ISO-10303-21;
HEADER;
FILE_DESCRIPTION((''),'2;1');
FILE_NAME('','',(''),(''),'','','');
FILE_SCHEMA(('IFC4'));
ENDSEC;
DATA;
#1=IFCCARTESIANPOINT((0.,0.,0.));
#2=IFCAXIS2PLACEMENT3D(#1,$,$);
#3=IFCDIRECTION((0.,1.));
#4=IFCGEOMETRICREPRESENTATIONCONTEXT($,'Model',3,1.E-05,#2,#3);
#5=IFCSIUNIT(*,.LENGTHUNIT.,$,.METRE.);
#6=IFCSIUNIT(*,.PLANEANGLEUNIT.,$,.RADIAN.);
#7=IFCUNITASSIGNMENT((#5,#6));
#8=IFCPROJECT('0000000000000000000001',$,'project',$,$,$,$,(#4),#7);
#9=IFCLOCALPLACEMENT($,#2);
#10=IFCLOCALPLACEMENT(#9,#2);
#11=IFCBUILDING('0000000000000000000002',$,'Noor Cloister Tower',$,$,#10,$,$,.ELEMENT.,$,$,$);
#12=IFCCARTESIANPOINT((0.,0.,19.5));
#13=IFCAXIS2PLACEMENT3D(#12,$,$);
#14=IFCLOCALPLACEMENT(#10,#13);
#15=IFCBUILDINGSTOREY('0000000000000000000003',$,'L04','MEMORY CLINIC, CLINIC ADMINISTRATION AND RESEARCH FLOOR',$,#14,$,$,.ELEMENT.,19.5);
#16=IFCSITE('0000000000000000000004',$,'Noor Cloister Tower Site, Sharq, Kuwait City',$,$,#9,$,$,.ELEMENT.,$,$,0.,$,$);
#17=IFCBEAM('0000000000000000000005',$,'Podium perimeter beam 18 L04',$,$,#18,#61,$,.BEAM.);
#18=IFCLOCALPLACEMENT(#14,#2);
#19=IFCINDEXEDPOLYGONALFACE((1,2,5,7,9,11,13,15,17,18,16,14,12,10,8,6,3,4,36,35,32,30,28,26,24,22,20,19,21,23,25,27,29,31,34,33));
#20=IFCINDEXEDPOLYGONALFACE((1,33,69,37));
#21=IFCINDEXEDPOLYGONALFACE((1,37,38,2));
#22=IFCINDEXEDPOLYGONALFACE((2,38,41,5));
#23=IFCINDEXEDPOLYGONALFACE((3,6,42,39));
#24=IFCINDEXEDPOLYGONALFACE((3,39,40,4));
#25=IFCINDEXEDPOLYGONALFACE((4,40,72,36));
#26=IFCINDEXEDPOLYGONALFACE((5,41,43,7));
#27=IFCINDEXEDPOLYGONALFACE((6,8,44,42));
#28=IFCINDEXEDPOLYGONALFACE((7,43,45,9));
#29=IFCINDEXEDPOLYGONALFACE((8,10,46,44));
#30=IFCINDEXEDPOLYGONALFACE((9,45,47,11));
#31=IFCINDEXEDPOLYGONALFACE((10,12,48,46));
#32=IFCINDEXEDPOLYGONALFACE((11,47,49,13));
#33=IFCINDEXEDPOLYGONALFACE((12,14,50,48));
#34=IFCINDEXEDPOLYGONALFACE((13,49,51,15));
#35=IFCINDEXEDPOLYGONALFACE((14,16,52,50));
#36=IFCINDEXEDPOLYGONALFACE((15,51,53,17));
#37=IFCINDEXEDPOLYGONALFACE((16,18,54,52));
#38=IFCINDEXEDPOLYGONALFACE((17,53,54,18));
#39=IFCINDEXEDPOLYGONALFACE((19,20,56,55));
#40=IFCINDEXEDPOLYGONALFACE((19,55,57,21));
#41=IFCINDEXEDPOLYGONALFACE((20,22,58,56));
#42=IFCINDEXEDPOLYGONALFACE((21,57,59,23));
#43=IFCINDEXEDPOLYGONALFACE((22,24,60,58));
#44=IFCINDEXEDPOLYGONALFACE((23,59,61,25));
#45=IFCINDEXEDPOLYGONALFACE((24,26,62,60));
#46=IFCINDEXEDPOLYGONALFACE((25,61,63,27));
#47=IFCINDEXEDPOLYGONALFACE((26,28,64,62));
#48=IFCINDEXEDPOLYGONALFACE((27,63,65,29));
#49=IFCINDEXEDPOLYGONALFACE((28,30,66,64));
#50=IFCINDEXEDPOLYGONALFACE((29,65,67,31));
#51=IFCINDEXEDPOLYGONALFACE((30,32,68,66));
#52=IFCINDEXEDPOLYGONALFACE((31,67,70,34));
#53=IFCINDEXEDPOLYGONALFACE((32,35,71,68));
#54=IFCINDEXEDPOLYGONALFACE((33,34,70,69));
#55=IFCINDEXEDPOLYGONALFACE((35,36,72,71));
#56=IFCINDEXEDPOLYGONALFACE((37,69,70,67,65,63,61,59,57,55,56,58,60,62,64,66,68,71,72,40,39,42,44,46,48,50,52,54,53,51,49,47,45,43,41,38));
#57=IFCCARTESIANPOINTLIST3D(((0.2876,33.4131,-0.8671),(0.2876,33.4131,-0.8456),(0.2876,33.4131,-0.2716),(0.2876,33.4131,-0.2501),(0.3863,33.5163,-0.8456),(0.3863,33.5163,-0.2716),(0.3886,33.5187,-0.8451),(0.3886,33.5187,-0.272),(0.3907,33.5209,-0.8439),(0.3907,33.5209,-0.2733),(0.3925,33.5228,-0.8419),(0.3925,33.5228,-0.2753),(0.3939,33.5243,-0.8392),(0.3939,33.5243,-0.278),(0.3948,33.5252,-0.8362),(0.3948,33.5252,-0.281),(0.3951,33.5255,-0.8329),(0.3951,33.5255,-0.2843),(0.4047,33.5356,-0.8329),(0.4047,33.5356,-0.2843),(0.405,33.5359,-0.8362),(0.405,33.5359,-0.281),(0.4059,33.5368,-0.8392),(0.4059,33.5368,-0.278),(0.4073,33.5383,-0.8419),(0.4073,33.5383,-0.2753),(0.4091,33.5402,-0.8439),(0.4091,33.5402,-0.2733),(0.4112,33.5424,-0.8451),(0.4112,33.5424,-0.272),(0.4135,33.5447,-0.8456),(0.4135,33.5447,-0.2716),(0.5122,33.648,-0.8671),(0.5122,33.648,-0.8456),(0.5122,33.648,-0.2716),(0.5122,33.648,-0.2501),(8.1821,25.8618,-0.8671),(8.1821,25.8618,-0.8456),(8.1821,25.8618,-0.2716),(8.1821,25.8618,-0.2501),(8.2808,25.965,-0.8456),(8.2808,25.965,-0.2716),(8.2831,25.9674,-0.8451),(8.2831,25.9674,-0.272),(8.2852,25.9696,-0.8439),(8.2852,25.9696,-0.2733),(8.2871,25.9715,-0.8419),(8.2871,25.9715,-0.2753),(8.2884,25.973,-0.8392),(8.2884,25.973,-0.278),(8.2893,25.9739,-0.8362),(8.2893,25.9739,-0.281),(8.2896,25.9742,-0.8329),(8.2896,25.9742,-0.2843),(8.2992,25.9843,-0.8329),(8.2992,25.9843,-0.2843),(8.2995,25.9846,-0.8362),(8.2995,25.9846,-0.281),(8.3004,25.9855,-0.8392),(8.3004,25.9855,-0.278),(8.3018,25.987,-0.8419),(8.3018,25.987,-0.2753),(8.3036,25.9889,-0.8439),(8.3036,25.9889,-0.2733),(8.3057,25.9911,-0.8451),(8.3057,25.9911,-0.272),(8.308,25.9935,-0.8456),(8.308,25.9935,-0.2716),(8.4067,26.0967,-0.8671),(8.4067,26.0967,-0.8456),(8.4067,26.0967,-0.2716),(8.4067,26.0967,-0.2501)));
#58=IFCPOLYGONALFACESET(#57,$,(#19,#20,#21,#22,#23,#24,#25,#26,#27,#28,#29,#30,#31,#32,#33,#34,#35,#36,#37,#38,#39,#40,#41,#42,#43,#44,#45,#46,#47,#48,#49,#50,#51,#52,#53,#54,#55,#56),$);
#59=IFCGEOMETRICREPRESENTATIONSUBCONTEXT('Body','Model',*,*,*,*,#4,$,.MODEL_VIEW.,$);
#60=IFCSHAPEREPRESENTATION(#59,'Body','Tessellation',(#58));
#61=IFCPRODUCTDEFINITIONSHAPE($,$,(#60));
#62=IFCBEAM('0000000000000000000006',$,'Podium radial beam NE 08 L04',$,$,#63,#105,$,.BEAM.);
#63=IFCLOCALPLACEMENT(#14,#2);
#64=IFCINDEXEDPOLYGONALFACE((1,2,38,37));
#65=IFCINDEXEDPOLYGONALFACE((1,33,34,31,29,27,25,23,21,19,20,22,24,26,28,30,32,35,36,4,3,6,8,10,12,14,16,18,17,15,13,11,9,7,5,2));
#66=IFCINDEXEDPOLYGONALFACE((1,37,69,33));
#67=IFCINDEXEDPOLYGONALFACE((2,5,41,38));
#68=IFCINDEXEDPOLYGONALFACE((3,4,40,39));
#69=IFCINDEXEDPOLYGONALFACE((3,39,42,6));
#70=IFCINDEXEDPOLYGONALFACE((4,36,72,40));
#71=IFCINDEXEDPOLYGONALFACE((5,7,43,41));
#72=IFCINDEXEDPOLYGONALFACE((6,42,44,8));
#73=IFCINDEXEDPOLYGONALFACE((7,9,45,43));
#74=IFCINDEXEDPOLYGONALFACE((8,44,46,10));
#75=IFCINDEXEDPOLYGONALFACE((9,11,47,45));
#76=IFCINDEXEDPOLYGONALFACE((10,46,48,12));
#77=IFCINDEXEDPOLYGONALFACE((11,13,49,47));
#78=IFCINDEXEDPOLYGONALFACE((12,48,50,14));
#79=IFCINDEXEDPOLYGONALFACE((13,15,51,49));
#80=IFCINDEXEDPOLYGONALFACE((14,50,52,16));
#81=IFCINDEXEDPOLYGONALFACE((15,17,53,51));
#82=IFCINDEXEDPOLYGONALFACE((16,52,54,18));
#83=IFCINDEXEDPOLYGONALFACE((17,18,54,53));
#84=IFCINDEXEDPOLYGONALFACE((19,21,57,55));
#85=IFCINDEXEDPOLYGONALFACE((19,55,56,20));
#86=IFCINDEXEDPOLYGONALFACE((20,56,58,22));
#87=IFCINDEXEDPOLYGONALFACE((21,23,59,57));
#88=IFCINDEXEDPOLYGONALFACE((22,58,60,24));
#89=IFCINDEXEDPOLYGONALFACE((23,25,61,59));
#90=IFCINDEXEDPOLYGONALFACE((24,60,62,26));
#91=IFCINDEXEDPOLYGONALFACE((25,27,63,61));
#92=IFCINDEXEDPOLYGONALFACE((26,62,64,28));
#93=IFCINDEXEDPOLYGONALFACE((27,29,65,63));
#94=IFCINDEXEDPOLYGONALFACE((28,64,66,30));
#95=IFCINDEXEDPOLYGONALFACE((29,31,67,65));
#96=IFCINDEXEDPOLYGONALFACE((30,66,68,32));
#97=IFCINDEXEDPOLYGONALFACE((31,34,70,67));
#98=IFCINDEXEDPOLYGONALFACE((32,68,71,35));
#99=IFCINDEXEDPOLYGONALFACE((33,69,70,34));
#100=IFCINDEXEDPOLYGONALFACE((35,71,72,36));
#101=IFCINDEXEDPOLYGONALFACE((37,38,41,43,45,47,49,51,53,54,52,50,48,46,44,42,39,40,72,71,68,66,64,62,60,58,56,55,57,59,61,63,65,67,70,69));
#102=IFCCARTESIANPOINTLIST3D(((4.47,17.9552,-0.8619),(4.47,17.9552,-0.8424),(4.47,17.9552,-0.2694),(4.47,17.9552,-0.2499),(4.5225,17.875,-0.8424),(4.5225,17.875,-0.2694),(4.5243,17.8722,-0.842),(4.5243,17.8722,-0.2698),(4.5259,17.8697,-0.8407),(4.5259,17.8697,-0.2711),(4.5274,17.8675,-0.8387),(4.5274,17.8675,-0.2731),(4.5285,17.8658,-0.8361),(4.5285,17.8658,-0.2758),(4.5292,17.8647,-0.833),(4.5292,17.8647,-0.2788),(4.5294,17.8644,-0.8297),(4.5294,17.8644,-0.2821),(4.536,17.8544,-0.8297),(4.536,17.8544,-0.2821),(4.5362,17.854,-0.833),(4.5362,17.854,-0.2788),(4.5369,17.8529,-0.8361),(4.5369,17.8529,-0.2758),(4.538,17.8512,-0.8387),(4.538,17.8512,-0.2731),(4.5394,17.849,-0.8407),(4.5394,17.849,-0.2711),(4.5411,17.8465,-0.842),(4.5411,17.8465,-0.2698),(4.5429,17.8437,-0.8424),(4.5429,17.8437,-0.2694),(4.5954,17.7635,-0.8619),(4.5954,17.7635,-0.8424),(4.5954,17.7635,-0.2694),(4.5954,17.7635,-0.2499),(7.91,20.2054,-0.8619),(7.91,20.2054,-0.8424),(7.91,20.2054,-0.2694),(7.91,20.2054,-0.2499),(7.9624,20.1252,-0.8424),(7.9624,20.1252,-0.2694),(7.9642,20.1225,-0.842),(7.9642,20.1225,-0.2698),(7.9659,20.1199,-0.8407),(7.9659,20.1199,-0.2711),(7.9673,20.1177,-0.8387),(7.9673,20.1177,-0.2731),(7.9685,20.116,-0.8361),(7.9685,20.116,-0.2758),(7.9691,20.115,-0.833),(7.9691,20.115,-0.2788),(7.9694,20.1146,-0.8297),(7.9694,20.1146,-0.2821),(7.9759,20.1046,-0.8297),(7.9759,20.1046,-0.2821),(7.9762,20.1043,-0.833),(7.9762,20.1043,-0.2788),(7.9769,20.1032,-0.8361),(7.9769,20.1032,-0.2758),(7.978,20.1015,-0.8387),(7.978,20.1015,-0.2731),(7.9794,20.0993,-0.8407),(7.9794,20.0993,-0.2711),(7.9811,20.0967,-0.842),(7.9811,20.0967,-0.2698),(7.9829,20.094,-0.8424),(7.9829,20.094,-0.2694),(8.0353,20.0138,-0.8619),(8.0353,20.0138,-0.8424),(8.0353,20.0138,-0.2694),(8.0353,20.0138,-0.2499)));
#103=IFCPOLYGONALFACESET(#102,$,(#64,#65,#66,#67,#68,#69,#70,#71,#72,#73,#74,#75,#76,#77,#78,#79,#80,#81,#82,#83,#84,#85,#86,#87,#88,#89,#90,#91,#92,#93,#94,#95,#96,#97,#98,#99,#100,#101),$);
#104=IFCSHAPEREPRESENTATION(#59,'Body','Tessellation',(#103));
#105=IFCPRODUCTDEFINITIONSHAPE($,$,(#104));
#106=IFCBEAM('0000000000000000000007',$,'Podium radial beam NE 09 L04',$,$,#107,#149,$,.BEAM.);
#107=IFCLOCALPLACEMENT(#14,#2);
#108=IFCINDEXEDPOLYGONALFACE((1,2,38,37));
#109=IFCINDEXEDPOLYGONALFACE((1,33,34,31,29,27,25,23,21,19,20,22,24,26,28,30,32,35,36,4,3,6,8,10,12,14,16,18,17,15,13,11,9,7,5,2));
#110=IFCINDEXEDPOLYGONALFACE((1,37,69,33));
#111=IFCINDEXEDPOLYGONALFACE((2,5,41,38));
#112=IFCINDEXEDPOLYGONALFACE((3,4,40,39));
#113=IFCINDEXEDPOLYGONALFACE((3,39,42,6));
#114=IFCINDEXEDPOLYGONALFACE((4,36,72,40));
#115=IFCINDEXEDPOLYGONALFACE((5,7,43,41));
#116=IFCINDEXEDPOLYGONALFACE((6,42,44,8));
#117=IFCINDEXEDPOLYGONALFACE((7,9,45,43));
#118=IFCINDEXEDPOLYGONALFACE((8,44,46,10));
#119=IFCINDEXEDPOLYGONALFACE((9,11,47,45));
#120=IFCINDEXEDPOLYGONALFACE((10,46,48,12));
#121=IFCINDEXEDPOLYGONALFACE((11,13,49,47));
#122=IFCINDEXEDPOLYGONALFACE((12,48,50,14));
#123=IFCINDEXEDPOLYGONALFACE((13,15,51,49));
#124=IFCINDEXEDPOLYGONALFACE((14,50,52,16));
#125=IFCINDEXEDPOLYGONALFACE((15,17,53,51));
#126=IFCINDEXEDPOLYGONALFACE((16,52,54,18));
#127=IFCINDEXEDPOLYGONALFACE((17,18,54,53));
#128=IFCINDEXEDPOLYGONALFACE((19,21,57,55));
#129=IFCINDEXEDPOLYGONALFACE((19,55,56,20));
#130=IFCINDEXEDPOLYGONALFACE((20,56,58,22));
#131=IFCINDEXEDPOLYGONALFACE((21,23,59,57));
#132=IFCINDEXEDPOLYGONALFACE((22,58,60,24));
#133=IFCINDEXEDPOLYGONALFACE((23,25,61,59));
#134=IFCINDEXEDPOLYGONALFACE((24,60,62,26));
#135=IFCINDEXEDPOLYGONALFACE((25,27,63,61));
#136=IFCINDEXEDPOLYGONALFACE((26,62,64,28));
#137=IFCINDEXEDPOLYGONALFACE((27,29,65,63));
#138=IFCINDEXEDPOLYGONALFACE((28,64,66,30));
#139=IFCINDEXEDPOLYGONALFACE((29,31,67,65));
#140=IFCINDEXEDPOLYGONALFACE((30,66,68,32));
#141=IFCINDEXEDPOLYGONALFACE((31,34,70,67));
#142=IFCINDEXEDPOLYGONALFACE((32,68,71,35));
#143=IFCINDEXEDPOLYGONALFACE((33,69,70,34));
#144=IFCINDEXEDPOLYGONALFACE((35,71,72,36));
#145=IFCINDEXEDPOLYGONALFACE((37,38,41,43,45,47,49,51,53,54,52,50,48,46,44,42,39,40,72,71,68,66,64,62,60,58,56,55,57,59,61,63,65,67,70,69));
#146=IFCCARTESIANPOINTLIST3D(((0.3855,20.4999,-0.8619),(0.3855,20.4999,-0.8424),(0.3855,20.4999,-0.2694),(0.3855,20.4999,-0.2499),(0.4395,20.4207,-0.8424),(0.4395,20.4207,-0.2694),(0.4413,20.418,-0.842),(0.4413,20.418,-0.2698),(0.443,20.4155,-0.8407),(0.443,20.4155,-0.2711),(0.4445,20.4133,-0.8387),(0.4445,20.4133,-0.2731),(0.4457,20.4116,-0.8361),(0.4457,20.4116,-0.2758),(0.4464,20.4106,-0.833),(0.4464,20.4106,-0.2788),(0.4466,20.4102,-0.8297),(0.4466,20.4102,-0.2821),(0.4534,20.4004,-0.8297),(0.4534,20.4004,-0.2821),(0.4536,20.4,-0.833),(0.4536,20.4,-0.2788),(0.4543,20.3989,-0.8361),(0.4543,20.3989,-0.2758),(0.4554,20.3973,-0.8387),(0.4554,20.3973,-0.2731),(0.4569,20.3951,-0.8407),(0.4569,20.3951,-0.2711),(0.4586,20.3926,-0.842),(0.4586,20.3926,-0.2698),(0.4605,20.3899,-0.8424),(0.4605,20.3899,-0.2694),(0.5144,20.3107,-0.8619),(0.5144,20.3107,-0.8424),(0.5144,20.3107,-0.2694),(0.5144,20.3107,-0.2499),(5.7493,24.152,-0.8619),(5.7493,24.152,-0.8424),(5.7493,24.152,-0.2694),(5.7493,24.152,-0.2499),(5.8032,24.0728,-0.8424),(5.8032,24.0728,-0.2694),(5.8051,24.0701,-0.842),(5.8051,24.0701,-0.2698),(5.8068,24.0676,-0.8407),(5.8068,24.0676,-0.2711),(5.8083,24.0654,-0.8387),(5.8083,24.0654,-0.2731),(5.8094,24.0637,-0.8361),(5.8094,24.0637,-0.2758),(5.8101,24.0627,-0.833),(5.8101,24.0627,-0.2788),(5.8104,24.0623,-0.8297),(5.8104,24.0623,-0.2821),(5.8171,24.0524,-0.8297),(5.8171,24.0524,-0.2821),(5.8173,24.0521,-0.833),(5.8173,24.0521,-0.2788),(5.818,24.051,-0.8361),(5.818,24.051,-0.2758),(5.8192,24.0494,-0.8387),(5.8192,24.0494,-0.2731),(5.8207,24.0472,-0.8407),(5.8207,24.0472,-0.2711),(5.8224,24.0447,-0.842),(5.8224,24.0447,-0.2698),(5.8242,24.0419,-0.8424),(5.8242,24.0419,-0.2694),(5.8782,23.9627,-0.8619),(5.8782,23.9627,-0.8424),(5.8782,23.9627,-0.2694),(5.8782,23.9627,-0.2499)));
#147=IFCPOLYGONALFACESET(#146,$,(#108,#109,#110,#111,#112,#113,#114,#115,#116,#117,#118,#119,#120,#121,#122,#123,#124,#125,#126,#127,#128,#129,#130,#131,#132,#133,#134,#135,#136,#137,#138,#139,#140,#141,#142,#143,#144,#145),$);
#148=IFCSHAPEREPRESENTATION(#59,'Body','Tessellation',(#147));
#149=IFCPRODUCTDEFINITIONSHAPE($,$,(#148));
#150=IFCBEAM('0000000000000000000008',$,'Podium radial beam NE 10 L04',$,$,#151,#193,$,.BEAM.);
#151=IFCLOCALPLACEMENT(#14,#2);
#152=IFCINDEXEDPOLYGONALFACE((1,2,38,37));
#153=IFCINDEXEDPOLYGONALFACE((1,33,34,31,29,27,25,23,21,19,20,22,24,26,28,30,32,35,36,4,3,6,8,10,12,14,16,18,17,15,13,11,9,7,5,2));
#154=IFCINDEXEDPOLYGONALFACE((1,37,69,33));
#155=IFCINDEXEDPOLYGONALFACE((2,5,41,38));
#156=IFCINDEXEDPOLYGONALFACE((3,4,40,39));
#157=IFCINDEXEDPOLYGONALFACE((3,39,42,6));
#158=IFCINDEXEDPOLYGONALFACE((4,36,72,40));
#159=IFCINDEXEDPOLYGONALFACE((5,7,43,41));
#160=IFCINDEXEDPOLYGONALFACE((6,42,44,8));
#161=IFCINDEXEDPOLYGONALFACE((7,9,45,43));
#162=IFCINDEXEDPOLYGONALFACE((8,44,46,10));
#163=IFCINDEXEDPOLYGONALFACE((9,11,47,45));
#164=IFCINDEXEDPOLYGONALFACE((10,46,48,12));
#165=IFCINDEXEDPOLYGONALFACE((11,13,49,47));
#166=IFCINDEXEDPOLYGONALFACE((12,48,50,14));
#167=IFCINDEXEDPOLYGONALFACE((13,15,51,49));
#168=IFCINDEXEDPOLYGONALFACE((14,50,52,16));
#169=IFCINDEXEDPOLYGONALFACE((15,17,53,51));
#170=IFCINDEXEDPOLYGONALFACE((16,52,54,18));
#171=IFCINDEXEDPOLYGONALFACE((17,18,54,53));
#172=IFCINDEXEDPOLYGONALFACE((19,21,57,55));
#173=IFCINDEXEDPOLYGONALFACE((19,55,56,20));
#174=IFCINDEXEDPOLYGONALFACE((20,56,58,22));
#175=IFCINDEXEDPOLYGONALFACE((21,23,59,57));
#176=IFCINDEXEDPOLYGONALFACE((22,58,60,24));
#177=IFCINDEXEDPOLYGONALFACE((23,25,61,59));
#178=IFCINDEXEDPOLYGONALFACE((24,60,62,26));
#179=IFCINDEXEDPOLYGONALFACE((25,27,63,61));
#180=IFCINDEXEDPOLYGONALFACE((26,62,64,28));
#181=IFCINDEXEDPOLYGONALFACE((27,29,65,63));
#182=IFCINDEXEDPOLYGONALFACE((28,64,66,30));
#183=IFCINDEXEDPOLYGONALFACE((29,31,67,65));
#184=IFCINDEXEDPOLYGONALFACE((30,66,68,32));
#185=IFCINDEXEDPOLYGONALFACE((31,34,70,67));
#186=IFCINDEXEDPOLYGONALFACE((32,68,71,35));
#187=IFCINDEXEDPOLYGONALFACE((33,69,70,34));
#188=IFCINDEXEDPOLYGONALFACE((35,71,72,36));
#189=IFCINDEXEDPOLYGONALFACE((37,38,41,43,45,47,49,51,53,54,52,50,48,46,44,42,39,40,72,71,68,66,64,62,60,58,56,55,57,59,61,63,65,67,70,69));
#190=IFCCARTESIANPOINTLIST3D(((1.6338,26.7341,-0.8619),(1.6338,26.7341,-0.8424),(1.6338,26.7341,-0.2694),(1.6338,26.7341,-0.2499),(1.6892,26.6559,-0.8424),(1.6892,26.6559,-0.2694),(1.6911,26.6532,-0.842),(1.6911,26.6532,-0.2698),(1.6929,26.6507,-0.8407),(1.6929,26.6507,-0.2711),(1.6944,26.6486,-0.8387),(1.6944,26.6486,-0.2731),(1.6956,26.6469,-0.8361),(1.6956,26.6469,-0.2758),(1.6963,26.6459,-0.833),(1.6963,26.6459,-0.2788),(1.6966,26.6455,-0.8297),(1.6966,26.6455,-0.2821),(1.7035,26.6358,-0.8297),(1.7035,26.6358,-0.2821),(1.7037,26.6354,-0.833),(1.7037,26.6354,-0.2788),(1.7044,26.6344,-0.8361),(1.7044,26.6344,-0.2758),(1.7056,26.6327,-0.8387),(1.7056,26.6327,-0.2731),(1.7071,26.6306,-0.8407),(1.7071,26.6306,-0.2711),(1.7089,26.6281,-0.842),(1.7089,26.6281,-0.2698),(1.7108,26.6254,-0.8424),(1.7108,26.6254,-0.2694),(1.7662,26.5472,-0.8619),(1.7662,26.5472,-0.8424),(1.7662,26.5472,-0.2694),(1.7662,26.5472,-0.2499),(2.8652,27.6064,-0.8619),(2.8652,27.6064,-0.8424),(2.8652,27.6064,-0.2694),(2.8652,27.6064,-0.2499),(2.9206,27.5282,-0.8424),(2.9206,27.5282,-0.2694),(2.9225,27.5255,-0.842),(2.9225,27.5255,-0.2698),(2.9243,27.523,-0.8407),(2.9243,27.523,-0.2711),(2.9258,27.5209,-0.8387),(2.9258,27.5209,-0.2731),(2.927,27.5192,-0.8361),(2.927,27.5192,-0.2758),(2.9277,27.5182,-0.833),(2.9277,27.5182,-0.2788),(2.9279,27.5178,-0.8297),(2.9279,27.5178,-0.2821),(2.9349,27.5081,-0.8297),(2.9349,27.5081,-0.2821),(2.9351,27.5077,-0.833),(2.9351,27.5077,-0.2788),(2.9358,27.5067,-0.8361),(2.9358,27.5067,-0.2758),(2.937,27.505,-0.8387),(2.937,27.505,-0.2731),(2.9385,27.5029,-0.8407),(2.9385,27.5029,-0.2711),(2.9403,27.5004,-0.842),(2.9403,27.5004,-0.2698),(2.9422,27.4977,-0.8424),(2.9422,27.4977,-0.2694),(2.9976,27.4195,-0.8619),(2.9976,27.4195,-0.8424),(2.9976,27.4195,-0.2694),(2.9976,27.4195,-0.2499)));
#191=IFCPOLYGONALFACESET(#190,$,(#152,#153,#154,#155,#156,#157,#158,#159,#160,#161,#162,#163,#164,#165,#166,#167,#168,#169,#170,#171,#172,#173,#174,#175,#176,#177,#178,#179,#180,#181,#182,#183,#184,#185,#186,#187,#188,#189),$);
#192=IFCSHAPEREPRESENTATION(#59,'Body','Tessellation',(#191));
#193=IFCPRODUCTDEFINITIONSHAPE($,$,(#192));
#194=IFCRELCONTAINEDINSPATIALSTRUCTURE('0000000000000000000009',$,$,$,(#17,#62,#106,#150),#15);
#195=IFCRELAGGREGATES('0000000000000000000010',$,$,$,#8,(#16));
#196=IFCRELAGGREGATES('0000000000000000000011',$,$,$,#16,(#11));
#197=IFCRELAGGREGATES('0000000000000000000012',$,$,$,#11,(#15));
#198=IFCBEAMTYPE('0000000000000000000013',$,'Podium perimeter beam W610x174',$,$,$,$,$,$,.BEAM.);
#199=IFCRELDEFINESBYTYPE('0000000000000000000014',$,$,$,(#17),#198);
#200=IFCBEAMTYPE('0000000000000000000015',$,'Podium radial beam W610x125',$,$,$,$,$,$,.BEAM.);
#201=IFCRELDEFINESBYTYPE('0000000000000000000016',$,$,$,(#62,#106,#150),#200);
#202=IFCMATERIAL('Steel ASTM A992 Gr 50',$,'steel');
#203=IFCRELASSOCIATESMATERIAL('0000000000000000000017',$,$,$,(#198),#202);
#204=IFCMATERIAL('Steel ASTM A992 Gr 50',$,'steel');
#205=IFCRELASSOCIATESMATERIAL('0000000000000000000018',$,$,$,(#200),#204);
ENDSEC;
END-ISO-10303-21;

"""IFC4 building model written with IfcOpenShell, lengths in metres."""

from ifc_helpers import new_model, si_unit, direction, frame, origin, origin_2d, place, context, subcontext, project, spatial, i_section, extrude, material, material_profile, profile_set, type_object, element, save


model = new_model("IFC4")

# Units and contexts
model_context = context("Model", 3, precision=1e-05, world=origin(), true_north=direction((0.0, 1.0)))
body_context = subcontext(model_context, "Body", "Model", "MODEL_VIEW")
ifc_project = project(units=[si_unit("LENGTHUNIT", "METRE"), si_unit("PLANEANGLEUNIT", "RADIAN")], contexts=[model_context])

# Site, building, storey
site_placement = place(None, origin())
site = spatial("IfcSite", under=ifc_project, at=site_placement, Name="Noor Cloister Tower Site, Sharq, Kuwait City", CompositionType="ELEMENT", RefElevation=0.0)
building_placement = place(site_placement, origin())
building = spatial("IfcBuilding", under=site, at=building_placement, Name="Noor Cloister Tower", CompositionType="ELEMENT")
storey_placement = place(building_placement, frame((0.0, 0.0, 19.5)))
storey = spatial("IfcBuildingStorey", under=building, at=storey_placement, Name="L04", Description="MEMORY CLINIC, CLINIC ADMINISTRATION AND RESEARCH FLOOR", CompositionType="ELEMENT", Elevation=19.5)

# Beams
ifc_material_1 = material(Name="Steel ASTM A992 Gr 50", Category="steel")
ifc_material_profile_1 = material_profile(ifc_material_1, i_section(OverallWidth=0.325, OverallDepth=0.6169, WebThickness=0.0139, FlangeThickness=0.0215, FilletRadius=0.0127, at=origin_2d()), Name="W610x174")
ifc_profile_set_1 = profile_set([ifc_material_profile_1], Name="Steel ASTM A992 Gr 50")
beam_type_1 = type_object("IfcBeamType", Name="Podium perimeter beam W610x174", PredefinedType="BEAM", material=ifc_profile_set_1)
beam_1_placement = place(storey_placement, frame((8.2944, 25.9792, -0.5586), z_axis=(-0.722643, 0.691222, 0.0), x_axis=(-0.691222, -0.722643, 0.0)))
element("IfcBeam", 1, at=beam_1_placement, inside=storey, type_object=beam_type_1, Name="Podium perimeter beam 18 L04", PredefinedType="BEAM", context=body_context, shape_type="SweptSolid", body=[
    extrude(i_section(OverallWidth=0.325, OverallDepth=0.6169, WebThickness=0.0139, FlangeThickness=0.0215, FilletRadius=0.0127, at=origin_2d()), origin(), (0.0, 0.0, 1.0), 10.9246),
])
ifc_material_2 = material(Name="Steel ASTM A992 Gr 50", Category="steel")
ifc_material_profile_2 = material_profile(ifc_material_2, i_section(OverallWidth=0.229, OverallDepth=0.6121, WebThickness=0.012, FlangeThickness=0.0195, FilletRadius=0.0127, at=origin_2d()), Name="W610x125")
ifc_profile_set_2 = profile_set([ifc_material_profile_2], Name="Steel ASTM A992 Gr 50")
beam_type_2 = type_object("IfcBeamType", Name="Podium radial beam W610x125", PredefinedType="BEAM", material=ifc_profile_set_2)
beam_2_placement = place(storey_placement, frame((7.9727, 20.1096, -0.5559), z_axis=(-0.836852, -0.547429, 0.0), x_axis=(0.547429, -0.836852, 0.0)))
element("IfcBeam", 2, at=beam_2_placement, inside=storey, type_object=beam_type_2, Name="Podium radial beam NE 08 L04", PredefinedType="BEAM", context=body_context, shape_type="SweptSolid", body=[
    extrude(i_section(OverallWidth=0.229, OverallDepth=0.6121, WebThickness=0.012, FlangeThickness=0.0195, FilletRadius=0.0127, at=origin_2d()), origin(), (0.0, 0.0, 1.0), 4.1106),
])
beam_3_placement = place(storey_placement, frame((5.8137, 24.0574, -0.5559), z_axis=(-0.826587, -0.562809, 0.0), x_axis=(0.562809, -0.826587, 0.0)))
element("IfcBeam", 3, at=beam_3_placement, inside=storey, type_object=beam_type_2, Name="Podium radial beam NE 09 L04", PredefinedType="BEAM", context=body_context, shape_type="SweptSolid", body=[
    extrude(i_section(OverallWidth=0.229, OverallDepth=0.6121, WebThickness=0.012, FlangeThickness=0.0195, FilletRadius=0.0127, at=origin_2d()), origin(), (0.0, 0.0, 1.0), 6.489),
])
beam_4_placement = place(storey_placement, frame((2.9314, 27.5129, -0.5559), z_axis=(-0.816012, -0.578035, 0.0), x_axis=(0.578035, -0.816012, 0.0)))
element("IfcBeam", 4, at=beam_4_placement, inside=storey, type_object=beam_type_2, Name="Podium radial beam NE 10 L04", PredefinedType="BEAM", context=body_context, shape_type="SweptSolid", body=[
    extrude(i_section(OverallWidth=0.229, OverallDepth=0.6121, WebThickness=0.012, FlangeThickness=0.0195, FilletRadius=0.0127, at=origin_2d()), origin(), (0.0, 0.0, 1.0), 1.509),
])

save(model, "model.ifc")
